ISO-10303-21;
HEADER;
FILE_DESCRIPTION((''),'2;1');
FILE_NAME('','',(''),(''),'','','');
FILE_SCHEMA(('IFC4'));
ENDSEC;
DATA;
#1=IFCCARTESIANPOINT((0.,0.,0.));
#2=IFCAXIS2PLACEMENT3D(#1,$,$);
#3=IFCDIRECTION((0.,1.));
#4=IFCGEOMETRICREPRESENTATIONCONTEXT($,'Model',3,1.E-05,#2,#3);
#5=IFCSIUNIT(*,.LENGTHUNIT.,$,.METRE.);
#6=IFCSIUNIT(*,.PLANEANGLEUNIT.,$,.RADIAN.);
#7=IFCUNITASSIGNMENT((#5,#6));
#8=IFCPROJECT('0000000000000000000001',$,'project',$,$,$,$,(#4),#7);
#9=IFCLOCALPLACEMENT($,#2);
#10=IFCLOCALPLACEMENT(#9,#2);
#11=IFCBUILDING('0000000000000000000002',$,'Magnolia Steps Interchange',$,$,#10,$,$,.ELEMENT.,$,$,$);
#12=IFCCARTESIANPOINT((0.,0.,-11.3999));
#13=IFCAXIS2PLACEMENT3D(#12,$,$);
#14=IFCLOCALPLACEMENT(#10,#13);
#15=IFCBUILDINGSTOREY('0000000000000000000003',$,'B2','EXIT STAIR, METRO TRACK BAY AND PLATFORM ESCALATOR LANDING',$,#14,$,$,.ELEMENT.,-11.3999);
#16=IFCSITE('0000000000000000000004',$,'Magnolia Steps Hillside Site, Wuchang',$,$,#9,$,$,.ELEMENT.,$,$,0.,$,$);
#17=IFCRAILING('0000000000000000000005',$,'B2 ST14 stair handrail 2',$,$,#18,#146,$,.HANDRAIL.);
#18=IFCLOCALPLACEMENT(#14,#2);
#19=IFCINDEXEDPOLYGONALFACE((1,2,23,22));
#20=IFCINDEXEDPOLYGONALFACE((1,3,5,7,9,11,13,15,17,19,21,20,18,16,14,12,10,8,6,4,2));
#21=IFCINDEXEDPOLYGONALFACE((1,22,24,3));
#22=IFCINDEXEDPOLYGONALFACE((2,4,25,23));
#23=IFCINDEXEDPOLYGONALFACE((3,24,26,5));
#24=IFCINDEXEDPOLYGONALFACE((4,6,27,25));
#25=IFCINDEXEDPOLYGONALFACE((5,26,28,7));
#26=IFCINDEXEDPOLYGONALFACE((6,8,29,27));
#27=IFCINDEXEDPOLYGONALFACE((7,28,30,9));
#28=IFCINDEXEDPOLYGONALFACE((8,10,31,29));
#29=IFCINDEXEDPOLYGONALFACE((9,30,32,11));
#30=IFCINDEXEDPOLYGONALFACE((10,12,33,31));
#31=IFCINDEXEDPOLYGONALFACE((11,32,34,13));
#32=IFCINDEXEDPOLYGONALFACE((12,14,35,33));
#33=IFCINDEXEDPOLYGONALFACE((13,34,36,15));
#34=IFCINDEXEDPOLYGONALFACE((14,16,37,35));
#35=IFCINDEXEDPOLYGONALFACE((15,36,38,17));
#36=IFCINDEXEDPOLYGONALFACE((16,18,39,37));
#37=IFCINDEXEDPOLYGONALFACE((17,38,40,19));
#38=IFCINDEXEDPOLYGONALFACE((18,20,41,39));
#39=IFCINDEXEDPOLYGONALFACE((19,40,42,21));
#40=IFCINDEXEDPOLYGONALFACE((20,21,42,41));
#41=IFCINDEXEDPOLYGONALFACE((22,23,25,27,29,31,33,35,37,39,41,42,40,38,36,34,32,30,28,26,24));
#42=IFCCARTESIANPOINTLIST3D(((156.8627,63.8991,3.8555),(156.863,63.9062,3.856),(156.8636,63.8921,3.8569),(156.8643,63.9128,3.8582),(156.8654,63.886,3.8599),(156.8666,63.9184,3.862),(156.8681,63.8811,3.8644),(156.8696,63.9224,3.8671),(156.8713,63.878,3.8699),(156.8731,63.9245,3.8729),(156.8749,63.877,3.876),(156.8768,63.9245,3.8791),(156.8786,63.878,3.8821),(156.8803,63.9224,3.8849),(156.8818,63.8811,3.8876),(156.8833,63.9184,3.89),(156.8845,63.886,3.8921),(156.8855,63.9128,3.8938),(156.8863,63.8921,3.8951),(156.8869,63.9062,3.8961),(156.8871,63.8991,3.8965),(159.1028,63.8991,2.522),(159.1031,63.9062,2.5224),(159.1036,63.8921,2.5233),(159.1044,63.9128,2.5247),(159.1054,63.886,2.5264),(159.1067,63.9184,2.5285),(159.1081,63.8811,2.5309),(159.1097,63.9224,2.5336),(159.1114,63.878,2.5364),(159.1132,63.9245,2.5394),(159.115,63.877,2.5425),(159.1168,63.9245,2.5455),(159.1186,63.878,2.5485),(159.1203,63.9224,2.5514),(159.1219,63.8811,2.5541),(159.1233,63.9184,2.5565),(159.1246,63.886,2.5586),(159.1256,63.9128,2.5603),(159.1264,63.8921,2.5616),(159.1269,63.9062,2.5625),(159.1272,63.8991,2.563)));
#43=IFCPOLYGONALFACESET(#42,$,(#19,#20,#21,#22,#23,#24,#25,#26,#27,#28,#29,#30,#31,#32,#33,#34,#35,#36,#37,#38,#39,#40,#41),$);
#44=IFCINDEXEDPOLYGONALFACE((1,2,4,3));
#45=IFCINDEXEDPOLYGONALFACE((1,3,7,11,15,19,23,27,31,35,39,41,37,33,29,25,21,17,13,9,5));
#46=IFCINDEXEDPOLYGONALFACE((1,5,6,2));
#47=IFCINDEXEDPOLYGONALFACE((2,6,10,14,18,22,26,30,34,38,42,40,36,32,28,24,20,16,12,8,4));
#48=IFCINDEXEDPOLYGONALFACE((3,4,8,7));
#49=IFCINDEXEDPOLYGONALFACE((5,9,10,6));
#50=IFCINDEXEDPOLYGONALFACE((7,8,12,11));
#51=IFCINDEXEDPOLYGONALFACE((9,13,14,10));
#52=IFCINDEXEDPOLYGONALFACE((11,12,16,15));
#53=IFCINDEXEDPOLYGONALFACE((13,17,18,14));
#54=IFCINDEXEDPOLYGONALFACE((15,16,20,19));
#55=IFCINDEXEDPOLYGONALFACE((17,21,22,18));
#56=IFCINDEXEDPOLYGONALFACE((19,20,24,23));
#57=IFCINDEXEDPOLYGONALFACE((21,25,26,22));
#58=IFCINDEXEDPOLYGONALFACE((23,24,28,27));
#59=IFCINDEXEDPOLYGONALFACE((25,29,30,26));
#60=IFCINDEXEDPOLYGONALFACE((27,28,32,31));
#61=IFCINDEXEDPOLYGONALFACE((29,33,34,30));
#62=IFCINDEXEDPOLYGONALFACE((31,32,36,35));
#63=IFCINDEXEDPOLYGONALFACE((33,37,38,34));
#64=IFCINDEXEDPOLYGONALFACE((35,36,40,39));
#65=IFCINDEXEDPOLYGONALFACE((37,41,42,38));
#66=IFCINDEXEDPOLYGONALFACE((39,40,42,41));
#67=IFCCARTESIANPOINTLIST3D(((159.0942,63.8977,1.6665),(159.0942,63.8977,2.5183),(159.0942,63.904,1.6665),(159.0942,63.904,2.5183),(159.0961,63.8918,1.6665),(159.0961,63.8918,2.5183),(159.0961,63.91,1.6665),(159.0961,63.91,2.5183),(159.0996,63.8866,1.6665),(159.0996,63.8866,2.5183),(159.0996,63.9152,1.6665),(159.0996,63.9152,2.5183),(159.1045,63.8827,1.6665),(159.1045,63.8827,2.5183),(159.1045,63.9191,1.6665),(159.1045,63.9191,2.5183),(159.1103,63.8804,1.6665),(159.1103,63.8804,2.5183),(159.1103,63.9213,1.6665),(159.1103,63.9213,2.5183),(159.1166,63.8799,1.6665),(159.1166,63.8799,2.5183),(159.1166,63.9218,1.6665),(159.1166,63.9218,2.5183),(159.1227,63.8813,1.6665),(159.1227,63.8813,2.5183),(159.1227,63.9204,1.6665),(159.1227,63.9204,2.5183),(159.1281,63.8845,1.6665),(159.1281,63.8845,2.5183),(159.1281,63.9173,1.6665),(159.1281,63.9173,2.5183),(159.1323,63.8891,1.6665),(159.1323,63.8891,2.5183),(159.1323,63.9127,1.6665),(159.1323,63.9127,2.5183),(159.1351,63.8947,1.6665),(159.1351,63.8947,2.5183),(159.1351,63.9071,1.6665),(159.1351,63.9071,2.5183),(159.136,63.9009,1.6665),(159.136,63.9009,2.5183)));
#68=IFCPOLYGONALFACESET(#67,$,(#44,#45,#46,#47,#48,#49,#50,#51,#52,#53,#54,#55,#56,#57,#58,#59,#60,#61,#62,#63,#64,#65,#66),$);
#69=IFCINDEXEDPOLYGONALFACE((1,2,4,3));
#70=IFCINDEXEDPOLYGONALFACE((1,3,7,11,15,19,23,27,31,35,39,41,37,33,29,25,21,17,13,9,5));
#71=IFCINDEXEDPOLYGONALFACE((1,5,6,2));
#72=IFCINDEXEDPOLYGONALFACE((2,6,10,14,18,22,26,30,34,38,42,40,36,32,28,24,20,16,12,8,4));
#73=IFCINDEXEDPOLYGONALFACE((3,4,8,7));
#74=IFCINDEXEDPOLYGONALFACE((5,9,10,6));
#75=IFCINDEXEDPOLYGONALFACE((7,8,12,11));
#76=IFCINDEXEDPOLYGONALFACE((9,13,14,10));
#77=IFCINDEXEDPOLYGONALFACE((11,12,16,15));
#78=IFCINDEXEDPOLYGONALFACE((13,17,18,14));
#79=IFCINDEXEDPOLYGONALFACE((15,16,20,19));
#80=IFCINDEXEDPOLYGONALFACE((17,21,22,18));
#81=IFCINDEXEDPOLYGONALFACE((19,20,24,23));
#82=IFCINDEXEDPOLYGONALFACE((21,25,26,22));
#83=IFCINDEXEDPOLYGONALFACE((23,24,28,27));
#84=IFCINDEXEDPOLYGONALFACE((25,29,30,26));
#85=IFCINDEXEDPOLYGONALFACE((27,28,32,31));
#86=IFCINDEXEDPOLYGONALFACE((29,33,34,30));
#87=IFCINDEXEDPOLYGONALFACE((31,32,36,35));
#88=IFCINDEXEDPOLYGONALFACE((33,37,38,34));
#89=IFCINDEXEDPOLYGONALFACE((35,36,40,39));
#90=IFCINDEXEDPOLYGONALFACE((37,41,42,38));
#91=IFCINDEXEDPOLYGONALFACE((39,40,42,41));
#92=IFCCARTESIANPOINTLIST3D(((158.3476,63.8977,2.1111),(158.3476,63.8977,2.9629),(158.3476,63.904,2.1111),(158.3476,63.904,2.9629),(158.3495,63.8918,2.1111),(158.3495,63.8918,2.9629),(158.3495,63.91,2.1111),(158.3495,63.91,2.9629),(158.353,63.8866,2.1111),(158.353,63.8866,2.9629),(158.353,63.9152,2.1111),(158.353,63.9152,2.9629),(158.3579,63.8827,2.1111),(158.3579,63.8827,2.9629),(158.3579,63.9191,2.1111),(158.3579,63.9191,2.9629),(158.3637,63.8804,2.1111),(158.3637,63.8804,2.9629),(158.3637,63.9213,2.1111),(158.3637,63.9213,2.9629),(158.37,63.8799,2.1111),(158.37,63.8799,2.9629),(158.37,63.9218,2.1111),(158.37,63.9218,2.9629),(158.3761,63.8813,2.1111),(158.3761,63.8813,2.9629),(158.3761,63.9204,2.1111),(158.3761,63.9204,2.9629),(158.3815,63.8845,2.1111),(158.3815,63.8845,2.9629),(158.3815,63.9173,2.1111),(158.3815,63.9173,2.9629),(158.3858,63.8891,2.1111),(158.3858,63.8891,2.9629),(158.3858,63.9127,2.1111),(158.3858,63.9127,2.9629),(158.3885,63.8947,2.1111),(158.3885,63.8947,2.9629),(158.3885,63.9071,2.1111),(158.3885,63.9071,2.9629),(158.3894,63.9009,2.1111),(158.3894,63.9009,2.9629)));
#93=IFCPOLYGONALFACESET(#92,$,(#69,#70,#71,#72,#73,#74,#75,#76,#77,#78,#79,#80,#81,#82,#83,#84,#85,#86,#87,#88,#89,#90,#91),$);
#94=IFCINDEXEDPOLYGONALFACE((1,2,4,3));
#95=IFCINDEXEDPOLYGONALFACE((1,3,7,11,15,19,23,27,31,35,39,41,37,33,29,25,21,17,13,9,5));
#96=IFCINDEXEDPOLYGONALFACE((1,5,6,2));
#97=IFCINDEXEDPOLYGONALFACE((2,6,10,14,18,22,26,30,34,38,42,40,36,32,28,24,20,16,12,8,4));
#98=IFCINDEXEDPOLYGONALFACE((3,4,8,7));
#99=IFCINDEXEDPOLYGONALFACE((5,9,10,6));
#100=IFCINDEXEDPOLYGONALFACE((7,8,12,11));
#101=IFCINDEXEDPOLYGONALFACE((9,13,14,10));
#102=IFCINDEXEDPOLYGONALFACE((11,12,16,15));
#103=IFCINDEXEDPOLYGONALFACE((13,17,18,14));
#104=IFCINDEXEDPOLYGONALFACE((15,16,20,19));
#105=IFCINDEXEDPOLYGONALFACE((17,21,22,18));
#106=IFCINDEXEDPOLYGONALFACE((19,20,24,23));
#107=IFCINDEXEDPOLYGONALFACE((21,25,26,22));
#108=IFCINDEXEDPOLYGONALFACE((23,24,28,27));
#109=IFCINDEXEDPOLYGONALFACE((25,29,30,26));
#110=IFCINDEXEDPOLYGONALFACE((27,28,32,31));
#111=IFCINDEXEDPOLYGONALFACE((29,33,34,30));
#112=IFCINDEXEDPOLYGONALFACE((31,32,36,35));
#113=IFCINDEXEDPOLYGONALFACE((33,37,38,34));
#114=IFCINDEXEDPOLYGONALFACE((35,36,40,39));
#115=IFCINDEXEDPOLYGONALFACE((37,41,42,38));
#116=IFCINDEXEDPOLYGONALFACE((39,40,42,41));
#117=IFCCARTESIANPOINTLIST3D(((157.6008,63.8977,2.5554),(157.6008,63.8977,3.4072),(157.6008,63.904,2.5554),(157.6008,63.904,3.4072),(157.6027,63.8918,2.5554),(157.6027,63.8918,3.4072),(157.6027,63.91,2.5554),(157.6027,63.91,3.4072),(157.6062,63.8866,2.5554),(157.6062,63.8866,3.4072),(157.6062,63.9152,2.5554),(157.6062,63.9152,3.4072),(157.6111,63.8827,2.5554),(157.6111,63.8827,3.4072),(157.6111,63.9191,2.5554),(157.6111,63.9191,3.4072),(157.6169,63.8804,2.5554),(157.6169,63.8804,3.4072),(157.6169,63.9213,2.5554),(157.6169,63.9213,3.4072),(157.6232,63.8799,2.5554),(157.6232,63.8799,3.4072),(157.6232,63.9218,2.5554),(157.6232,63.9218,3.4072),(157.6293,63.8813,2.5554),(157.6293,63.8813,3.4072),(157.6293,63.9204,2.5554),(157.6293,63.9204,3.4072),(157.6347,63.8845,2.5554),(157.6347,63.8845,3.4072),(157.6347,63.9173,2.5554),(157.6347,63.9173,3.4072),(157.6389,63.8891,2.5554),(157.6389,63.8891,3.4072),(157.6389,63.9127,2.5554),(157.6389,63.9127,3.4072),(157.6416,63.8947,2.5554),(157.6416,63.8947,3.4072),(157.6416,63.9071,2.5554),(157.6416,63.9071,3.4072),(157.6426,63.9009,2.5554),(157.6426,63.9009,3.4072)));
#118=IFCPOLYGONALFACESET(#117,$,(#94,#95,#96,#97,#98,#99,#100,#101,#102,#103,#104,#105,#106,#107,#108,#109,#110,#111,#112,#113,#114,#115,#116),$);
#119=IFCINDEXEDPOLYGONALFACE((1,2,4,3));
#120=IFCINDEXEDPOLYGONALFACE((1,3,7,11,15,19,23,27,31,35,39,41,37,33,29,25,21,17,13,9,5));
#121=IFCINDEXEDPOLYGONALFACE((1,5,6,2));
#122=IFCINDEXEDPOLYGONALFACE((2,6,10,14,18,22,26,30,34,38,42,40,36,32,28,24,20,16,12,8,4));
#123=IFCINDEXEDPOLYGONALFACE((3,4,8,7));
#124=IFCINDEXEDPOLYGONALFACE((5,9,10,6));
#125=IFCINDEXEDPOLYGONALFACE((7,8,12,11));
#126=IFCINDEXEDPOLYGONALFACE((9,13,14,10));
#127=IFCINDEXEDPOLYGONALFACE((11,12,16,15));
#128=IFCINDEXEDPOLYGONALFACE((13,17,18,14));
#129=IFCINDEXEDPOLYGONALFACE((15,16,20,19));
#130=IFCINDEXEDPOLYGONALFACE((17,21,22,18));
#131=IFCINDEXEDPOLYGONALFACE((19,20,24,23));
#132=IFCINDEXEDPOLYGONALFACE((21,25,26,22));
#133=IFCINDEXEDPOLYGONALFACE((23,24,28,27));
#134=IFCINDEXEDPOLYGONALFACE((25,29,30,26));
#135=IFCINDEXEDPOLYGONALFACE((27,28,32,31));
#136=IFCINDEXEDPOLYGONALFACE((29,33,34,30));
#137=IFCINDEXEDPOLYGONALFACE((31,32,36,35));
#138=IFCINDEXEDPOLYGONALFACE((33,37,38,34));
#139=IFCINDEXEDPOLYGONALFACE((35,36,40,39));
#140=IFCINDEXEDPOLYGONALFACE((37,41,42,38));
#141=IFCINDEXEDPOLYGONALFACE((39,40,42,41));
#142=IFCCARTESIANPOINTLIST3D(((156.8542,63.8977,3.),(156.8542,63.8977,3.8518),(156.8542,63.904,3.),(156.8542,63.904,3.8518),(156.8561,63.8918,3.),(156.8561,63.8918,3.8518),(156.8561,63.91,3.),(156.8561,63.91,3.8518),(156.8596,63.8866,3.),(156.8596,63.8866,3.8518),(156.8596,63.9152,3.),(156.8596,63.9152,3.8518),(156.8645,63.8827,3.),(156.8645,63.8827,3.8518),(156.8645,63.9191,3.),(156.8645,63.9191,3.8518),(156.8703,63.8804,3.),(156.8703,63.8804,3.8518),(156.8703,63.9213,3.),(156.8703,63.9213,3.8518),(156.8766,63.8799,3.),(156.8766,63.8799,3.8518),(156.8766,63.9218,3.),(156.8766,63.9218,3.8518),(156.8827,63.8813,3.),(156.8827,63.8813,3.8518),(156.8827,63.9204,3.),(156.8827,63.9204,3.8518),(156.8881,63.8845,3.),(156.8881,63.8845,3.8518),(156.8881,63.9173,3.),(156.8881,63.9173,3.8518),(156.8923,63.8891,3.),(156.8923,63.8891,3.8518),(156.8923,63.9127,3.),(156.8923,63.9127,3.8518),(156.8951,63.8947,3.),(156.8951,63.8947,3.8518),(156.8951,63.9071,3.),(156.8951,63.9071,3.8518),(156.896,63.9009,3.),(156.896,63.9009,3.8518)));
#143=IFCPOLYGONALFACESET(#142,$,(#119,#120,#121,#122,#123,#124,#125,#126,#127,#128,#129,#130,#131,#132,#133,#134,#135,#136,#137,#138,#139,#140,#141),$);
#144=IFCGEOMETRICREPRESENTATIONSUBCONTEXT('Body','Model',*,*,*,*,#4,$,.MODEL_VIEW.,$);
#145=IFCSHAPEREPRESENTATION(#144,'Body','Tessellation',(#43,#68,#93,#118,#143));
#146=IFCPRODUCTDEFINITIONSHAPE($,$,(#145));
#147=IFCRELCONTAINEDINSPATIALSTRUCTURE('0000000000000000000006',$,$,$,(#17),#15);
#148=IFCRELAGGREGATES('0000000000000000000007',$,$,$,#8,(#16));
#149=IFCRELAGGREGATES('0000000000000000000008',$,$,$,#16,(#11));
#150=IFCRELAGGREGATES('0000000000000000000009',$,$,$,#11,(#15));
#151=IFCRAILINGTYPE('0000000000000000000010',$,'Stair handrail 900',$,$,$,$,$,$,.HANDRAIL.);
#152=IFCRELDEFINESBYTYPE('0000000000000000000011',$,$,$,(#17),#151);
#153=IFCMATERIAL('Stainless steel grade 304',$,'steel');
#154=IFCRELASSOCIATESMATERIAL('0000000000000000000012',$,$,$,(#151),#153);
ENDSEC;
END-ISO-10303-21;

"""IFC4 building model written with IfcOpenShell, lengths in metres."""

from ifc_helpers import new_model, si_unit, direction, frame, origin, origin_2d, place, context, subcontext, project, spatial, circle, extrude, material, type_object, element, save


model = new_model("IFC4")

# Units and contexts
model_context = context("Model", 3, precision=1e-05, world=origin(), true_north=direction((0.0, 1.0)))
body_context = subcontext(model_context, "Body", "Model", "MODEL_VIEW")
ifc_project = project(units=[si_unit("LENGTHUNIT", "METRE"), si_unit("PLANEANGLEUNIT", "RADIAN")], contexts=[model_context])

# Site, building, storey
site_placement = place(None, origin())
site = spatial("IfcSite", under=ifc_project, at=site_placement, Name="Magnolia Steps Hillside Site, Wuchang", CompositionType="ELEMENT", RefElevation=0.0)
building_placement = place(site_placement, origin())
building = spatial("IfcBuilding", under=site, at=building_placement, Name="Magnolia Steps Interchange", CompositionType="ELEMENT")
storey_placement = place(building_placement, frame((0.0, 0.0, -11.3999)))
storey = spatial("IfcBuildingStorey", under=building, at=storey_placement, Name="B2", Description="EXIT STAIR, METRO TRACK BAY AND PLATFORM ESCALATOR LANDING", CompositionType="ELEMENT", Elevation=-11.3999)

# Railing
ifc_material_1 = material(Name="Stainless steel grade 304", Category="steel")
railing_type_1 = type_object("IfcRailingType", Name="Stair handrail 900", PredefinedType="HANDRAIL", material=ifc_material_1)
for number, where, name in (
    (1, (159.115, 63.9009, 1.6665), "B2 ST14 stair handrail 2"),
):
    element("IfcRailing", number, at=place(storey_placement, frame(where)), inside=storey, type_object=railing_type_1, Name=name, PredefinedType="HANDRAIL", context=body_context, shape_type="SweptSolid", body=[
        extrude(circle(Radius=0.0239, at=origin_2d()), frame((0.0, 0.0, 0.876), z_axis=(-0.859264, 0.0, 0.511532), x_axis=(0.0, -1.0, 0.0)), (0.0, 0.0, 1.0), 2.6069),
        extrude(circle(Radius=0.021, at=origin_2d()), origin(), (0.0, 0.0, 1.0), 0.8518),
        extrude(circle(Radius=0.021, at=origin_2d()), frame((-0.7466, 0.0, 0.4446)), (0.0, 0.0, 1.0), 0.8518),
        extrude(circle(Radius=0.021, at=origin_2d()), frame((-1.4934, 0.0, 0.8889)), (0.0, 0.0, 1.0), 0.8518),
        extrude(circle(Radius=0.021, at=origin_2d()), frame((-2.24, 0.0, 1.3335)), (0.0, 0.0, 1.0), 0.8518),
    ])

save(model, "model.ifc")
